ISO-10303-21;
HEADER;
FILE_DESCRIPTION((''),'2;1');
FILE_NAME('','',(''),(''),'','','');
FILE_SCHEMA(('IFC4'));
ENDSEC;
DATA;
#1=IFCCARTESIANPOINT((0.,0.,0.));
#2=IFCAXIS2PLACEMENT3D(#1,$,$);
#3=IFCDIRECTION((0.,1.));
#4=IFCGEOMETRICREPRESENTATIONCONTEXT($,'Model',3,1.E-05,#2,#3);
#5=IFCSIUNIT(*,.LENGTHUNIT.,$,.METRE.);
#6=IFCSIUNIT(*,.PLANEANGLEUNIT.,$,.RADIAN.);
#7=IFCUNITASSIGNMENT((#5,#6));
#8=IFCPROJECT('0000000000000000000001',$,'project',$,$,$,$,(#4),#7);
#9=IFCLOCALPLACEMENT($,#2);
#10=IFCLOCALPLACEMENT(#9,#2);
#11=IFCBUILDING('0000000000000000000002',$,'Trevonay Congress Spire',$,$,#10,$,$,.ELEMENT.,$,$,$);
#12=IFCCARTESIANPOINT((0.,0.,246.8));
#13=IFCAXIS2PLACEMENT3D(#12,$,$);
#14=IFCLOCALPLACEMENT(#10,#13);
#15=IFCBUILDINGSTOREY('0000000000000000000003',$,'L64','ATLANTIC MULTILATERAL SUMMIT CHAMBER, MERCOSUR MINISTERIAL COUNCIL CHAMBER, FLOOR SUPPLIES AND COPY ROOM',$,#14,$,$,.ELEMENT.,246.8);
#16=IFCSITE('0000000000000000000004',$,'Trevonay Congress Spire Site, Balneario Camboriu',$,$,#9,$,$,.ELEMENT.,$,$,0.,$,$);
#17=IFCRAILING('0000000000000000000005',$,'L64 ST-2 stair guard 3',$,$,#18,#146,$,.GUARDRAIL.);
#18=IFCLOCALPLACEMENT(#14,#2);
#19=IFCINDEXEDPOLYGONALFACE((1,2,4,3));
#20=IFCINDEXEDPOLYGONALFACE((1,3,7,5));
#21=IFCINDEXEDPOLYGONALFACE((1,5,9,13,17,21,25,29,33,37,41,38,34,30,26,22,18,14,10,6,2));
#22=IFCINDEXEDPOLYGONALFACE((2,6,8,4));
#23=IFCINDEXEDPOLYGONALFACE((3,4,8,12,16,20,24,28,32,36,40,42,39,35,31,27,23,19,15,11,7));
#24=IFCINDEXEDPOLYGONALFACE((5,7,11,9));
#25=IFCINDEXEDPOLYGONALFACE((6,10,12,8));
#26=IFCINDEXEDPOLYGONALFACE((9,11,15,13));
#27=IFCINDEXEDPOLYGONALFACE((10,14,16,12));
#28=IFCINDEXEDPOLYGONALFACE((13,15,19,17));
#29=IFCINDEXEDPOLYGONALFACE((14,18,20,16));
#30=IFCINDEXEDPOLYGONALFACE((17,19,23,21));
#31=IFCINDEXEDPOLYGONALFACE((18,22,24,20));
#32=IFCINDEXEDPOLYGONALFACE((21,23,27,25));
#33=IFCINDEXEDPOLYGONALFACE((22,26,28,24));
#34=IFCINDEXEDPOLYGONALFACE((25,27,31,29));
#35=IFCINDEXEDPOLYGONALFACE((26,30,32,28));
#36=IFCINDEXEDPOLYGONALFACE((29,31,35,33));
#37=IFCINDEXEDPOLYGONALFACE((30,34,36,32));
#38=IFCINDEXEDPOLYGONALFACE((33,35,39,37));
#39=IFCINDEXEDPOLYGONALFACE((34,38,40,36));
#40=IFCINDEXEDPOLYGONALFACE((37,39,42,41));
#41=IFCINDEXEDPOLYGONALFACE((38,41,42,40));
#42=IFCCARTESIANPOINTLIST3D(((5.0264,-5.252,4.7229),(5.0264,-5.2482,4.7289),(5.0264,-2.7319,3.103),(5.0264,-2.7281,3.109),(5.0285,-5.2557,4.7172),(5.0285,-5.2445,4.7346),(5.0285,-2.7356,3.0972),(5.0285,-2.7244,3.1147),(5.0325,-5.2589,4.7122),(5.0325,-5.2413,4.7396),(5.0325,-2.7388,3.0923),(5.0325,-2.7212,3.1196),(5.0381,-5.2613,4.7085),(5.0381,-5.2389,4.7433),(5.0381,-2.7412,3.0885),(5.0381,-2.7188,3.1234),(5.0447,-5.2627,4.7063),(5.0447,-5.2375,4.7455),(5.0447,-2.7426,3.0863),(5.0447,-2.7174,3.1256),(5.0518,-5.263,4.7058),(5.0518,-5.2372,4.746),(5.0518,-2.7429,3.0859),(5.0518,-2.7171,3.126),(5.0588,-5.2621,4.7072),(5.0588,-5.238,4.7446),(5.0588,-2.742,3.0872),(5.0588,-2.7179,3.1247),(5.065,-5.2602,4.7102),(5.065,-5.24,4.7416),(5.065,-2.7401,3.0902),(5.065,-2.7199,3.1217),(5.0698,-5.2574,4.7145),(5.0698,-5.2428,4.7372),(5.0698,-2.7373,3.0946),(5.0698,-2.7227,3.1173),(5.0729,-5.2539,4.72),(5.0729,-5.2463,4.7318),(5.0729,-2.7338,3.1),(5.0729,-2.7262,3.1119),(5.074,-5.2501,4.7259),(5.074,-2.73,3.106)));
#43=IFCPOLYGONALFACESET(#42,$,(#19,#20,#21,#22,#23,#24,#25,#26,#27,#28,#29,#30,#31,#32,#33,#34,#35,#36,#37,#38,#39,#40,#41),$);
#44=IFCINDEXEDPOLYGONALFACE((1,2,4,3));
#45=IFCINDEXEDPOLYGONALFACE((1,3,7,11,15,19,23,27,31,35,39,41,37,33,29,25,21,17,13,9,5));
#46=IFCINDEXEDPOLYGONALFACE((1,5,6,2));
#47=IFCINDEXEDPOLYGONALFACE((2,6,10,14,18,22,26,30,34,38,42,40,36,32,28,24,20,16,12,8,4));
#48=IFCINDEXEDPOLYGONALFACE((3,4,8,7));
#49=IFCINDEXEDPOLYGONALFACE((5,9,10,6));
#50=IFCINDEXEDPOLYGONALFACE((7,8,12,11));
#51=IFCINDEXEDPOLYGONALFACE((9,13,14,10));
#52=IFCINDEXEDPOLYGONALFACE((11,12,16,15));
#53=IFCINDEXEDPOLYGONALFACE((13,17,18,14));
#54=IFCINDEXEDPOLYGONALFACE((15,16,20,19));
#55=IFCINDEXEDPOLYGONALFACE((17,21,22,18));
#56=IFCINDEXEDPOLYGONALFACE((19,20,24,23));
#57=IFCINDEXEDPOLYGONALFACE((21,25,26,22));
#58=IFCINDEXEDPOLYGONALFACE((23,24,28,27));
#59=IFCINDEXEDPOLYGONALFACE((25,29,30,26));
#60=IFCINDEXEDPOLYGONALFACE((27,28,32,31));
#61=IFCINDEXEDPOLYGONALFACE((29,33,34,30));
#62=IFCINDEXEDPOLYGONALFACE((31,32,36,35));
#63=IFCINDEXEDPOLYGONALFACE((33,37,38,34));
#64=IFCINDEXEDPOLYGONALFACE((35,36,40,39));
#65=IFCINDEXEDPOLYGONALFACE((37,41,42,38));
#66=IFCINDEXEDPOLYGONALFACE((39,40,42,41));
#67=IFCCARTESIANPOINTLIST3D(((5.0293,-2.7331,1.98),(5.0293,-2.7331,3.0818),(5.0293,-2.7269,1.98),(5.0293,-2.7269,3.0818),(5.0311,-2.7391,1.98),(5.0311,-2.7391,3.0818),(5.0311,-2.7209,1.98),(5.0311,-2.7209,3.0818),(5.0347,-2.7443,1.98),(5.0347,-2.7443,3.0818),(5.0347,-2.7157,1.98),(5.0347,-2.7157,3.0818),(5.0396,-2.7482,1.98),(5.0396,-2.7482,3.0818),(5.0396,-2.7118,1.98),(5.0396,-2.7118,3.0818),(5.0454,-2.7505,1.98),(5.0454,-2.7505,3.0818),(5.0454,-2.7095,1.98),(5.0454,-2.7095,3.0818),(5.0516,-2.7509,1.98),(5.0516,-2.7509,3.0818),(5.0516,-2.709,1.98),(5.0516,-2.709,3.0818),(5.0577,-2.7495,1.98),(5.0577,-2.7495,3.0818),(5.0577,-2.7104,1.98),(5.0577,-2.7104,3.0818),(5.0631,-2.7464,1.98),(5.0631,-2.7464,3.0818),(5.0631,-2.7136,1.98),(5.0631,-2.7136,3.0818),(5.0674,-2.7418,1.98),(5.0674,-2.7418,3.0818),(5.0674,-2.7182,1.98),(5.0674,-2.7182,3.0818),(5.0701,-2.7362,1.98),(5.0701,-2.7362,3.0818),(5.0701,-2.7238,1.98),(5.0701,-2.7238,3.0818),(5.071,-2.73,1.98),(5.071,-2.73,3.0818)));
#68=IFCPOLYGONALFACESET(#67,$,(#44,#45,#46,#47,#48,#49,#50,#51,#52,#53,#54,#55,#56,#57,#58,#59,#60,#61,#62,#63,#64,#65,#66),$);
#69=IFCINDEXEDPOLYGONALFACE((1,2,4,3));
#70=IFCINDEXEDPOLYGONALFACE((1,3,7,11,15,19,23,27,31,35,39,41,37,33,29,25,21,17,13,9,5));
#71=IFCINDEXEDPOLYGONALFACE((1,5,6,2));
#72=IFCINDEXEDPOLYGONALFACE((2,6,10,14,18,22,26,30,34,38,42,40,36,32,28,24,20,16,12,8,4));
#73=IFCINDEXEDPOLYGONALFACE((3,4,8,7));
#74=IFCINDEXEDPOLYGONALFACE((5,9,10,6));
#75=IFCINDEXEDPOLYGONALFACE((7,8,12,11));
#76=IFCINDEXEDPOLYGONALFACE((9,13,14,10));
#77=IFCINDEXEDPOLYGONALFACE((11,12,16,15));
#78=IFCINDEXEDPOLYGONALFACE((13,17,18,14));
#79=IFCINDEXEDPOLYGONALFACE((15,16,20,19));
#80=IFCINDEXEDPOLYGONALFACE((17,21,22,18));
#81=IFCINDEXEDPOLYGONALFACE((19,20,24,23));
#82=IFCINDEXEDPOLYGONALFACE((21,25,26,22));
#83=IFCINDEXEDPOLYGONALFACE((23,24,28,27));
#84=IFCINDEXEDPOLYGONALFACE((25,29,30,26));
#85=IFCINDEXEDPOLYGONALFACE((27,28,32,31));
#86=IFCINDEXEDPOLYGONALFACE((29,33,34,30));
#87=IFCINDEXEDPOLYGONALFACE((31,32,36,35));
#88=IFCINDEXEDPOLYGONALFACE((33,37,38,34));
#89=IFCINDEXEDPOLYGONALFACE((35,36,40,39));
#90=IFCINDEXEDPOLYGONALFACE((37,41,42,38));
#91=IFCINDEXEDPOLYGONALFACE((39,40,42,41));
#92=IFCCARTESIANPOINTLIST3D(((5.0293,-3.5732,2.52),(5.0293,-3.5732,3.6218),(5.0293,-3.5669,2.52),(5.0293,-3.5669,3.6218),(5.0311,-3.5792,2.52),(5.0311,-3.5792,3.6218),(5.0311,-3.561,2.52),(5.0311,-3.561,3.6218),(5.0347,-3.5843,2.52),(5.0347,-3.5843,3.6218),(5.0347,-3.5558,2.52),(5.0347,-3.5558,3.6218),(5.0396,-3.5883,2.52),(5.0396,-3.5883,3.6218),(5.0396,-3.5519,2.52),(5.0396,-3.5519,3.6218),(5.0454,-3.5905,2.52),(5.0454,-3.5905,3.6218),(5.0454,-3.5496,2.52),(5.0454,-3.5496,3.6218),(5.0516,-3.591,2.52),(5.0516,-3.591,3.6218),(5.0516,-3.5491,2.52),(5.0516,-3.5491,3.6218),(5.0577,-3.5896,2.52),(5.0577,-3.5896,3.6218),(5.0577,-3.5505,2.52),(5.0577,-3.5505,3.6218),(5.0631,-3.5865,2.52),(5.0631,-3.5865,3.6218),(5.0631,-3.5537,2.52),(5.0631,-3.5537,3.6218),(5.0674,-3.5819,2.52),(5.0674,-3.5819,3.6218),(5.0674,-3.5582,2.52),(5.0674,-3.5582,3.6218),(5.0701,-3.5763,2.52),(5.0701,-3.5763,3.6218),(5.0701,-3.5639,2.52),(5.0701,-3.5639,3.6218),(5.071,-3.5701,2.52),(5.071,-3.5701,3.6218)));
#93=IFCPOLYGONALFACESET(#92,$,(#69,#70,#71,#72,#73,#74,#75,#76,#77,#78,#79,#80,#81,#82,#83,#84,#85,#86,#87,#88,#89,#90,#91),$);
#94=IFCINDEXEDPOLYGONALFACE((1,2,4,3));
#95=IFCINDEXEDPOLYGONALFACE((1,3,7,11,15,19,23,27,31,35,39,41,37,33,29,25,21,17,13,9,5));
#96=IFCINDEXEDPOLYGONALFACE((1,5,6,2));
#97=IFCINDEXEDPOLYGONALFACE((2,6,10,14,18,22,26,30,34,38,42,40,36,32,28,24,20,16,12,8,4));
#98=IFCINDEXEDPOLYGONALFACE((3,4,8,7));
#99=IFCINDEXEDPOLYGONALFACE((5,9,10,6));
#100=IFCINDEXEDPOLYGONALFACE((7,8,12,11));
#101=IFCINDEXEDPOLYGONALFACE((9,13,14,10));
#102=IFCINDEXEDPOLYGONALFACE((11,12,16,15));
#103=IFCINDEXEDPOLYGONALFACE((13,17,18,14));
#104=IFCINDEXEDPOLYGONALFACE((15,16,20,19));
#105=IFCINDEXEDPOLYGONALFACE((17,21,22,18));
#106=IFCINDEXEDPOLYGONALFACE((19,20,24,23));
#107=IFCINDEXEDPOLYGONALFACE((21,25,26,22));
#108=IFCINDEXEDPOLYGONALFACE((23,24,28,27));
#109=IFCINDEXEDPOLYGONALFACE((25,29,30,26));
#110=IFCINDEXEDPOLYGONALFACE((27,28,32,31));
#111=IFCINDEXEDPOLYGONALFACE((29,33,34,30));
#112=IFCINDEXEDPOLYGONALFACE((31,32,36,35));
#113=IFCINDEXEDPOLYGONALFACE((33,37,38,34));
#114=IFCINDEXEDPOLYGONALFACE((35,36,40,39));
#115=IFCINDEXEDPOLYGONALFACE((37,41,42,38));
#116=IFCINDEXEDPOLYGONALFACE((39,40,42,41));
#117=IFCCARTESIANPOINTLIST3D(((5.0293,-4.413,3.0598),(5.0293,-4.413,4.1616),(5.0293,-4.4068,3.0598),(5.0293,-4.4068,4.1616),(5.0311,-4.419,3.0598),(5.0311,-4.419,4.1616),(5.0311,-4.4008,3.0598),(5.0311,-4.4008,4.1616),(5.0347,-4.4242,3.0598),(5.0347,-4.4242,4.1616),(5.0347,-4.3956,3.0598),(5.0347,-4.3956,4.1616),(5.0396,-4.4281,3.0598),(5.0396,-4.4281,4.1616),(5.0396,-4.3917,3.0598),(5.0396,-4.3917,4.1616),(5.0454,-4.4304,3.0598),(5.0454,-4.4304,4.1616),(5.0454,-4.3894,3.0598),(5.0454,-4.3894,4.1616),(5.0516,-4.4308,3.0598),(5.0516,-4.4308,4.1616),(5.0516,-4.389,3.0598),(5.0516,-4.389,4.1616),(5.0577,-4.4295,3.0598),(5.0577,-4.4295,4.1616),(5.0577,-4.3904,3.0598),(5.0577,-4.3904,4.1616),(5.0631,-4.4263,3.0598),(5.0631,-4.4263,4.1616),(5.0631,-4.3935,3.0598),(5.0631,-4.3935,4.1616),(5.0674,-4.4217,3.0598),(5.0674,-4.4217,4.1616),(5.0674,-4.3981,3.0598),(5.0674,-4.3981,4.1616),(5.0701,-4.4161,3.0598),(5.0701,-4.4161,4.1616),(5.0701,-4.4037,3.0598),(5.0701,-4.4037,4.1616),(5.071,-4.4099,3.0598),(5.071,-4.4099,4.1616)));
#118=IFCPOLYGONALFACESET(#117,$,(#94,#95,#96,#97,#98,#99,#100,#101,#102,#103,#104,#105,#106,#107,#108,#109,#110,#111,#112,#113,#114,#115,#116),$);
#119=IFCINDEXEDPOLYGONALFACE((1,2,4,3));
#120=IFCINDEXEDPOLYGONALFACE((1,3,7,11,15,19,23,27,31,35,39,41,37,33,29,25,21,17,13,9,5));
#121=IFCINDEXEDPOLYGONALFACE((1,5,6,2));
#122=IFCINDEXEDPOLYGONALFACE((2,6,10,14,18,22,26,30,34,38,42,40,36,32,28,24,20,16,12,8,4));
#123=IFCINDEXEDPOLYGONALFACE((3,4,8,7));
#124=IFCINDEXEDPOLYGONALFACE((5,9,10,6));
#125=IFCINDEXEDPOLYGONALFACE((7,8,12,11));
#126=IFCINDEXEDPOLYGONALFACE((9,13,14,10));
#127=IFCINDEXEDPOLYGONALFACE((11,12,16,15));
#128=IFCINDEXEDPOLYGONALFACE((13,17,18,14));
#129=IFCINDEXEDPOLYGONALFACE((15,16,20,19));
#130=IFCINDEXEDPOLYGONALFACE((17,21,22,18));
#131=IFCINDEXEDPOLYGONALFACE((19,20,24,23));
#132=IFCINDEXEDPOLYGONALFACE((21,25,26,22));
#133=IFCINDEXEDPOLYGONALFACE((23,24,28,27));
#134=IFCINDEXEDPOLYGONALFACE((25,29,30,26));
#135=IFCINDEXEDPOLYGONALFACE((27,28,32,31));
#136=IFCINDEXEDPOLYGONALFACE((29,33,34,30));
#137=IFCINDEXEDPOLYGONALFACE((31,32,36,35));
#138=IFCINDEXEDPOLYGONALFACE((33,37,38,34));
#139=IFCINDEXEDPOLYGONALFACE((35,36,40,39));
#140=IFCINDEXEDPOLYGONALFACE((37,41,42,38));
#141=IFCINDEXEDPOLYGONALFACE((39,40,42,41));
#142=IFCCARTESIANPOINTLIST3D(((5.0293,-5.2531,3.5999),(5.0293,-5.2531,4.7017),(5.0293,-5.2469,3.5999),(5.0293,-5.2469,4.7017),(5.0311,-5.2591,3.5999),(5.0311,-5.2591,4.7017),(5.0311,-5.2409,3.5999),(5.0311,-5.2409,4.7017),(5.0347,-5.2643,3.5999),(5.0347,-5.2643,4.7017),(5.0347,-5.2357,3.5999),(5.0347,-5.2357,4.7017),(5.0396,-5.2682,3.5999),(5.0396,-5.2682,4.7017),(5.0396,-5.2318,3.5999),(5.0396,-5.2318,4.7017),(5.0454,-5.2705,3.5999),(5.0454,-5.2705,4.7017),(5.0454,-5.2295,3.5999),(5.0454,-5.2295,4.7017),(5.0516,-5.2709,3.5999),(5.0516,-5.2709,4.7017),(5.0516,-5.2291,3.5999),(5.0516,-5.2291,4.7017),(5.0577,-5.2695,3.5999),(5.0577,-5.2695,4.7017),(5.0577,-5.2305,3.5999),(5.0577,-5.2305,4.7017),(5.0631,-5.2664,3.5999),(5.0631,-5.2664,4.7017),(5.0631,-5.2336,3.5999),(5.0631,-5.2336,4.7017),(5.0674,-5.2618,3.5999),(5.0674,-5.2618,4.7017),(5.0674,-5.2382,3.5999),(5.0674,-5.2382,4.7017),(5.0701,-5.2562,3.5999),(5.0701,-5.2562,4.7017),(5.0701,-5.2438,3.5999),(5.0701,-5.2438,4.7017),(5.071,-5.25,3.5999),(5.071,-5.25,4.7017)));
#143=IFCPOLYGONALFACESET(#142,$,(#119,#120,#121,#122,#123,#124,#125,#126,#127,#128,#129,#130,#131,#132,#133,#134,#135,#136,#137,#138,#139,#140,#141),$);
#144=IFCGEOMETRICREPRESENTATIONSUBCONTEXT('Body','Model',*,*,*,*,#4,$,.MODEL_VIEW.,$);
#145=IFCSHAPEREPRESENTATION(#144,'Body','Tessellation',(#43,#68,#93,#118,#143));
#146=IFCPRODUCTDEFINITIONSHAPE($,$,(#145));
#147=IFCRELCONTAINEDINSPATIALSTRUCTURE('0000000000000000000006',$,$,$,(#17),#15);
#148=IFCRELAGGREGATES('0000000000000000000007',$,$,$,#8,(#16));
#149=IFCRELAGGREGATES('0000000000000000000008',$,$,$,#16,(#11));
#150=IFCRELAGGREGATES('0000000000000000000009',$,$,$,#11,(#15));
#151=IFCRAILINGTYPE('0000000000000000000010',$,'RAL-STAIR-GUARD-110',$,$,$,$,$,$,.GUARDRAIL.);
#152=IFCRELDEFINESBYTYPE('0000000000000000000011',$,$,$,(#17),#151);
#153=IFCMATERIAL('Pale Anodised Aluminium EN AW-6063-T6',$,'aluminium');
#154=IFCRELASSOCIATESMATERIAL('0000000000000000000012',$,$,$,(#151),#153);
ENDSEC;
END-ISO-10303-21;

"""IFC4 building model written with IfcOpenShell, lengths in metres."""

from ifc_helpers import new_model, si_unit, direction, frame, origin, origin_2d, place, context, subcontext, project, spatial, circle, extrude, material, type_object, element, save


model = new_model("IFC4")

# Units and contexts
model_context = context("Model", 3, precision=1e-05, world=origin(), true_north=direction((0.0, 1.0)))
body_context = subcontext(model_context, "Body", "Model", "MODEL_VIEW")
ifc_project = project(units=[si_unit("LENGTHUNIT", "METRE"), si_unit("PLANEANGLEUNIT", "RADIAN")], contexts=[model_context])

# Site, building, storey
site_placement = place(None, origin())
site = spatial("IfcSite", under=ifc_project, at=site_placement, Name="Trevonay Congress Spire Site, Balneario Camboriu", CompositionType="ELEMENT", RefElevation=0.0)
building_placement = place(site_placement, origin())
building = spatial("IfcBuilding", under=site, at=building_placement, Name="Trevonay Congress Spire", CompositionType="ELEMENT")
storey_placement = place(building_placement, frame((0.0, 0.0, 246.8)))
storey = spatial("IfcBuildingStorey", under=building, at=storey_placement, Name="L64", Description="ATLANTIC MULTILATERAL SUMMIT CHAMBER, MERCOSUR MINISTERIAL COUNCIL CHAMBER, FLOOR SUPPLIES AND COPY ROOM", CompositionType="ELEMENT", Elevation=246.8)

# Shared definitions
ifc_material_1 = material(Name="Pale Anodised Aluminium EN AW-6063-T6", Category="aluminium")

# Railing
railing_type_1 = type_object("IfcRailingType", Name="RAL-STAIR-GUARD-110", PredefinedType="GUARDRAIL", material=ifc_material_1)
railing_1_placement = place(storey_placement, frame((5.05, -2.73, 1.98)))
element("IfcRailing", 1, at=railing_1_placement, inside=storey, type_object=railing_type_1, Name="L64 ST-2 stair guard 3", PredefinedType="GUARDRAIL", context=body_context, shape_type="SweptSolid", body=[
    extrude(circle(Radius=0.0239, at=origin_2d()), frame((0.0, 0.0, 1.126), z_axis=(0.0, -0.8412, 0.540725), x_axis=(1.0, 0.0, 0.0)), (0.0, 0.0, 1.0), 2.9958),
    extrude(circle(Radius=0.021, at=origin_2d()), origin(), (0.0, 0.0, 1.0), 1.1018),
    extrude(circle(Radius=0.021, at=origin_2d()), frame((0.0, -0.8401, 0.54)), (0.0, 0.0, 1.0), 1.1018),
    extrude(circle(Radius=0.021, at=origin_2d()), frame((0.0, -1.6799, 1.0798)), (0.0, 0.0, 1.0), 1.1018),
    extrude(circle(Radius=0.021, at=origin_2d()), frame((0.0, -2.52, 1.6199)), (0.0, 0.0, 1.0), 1.1018),
])

save(model, "model.ifc")
